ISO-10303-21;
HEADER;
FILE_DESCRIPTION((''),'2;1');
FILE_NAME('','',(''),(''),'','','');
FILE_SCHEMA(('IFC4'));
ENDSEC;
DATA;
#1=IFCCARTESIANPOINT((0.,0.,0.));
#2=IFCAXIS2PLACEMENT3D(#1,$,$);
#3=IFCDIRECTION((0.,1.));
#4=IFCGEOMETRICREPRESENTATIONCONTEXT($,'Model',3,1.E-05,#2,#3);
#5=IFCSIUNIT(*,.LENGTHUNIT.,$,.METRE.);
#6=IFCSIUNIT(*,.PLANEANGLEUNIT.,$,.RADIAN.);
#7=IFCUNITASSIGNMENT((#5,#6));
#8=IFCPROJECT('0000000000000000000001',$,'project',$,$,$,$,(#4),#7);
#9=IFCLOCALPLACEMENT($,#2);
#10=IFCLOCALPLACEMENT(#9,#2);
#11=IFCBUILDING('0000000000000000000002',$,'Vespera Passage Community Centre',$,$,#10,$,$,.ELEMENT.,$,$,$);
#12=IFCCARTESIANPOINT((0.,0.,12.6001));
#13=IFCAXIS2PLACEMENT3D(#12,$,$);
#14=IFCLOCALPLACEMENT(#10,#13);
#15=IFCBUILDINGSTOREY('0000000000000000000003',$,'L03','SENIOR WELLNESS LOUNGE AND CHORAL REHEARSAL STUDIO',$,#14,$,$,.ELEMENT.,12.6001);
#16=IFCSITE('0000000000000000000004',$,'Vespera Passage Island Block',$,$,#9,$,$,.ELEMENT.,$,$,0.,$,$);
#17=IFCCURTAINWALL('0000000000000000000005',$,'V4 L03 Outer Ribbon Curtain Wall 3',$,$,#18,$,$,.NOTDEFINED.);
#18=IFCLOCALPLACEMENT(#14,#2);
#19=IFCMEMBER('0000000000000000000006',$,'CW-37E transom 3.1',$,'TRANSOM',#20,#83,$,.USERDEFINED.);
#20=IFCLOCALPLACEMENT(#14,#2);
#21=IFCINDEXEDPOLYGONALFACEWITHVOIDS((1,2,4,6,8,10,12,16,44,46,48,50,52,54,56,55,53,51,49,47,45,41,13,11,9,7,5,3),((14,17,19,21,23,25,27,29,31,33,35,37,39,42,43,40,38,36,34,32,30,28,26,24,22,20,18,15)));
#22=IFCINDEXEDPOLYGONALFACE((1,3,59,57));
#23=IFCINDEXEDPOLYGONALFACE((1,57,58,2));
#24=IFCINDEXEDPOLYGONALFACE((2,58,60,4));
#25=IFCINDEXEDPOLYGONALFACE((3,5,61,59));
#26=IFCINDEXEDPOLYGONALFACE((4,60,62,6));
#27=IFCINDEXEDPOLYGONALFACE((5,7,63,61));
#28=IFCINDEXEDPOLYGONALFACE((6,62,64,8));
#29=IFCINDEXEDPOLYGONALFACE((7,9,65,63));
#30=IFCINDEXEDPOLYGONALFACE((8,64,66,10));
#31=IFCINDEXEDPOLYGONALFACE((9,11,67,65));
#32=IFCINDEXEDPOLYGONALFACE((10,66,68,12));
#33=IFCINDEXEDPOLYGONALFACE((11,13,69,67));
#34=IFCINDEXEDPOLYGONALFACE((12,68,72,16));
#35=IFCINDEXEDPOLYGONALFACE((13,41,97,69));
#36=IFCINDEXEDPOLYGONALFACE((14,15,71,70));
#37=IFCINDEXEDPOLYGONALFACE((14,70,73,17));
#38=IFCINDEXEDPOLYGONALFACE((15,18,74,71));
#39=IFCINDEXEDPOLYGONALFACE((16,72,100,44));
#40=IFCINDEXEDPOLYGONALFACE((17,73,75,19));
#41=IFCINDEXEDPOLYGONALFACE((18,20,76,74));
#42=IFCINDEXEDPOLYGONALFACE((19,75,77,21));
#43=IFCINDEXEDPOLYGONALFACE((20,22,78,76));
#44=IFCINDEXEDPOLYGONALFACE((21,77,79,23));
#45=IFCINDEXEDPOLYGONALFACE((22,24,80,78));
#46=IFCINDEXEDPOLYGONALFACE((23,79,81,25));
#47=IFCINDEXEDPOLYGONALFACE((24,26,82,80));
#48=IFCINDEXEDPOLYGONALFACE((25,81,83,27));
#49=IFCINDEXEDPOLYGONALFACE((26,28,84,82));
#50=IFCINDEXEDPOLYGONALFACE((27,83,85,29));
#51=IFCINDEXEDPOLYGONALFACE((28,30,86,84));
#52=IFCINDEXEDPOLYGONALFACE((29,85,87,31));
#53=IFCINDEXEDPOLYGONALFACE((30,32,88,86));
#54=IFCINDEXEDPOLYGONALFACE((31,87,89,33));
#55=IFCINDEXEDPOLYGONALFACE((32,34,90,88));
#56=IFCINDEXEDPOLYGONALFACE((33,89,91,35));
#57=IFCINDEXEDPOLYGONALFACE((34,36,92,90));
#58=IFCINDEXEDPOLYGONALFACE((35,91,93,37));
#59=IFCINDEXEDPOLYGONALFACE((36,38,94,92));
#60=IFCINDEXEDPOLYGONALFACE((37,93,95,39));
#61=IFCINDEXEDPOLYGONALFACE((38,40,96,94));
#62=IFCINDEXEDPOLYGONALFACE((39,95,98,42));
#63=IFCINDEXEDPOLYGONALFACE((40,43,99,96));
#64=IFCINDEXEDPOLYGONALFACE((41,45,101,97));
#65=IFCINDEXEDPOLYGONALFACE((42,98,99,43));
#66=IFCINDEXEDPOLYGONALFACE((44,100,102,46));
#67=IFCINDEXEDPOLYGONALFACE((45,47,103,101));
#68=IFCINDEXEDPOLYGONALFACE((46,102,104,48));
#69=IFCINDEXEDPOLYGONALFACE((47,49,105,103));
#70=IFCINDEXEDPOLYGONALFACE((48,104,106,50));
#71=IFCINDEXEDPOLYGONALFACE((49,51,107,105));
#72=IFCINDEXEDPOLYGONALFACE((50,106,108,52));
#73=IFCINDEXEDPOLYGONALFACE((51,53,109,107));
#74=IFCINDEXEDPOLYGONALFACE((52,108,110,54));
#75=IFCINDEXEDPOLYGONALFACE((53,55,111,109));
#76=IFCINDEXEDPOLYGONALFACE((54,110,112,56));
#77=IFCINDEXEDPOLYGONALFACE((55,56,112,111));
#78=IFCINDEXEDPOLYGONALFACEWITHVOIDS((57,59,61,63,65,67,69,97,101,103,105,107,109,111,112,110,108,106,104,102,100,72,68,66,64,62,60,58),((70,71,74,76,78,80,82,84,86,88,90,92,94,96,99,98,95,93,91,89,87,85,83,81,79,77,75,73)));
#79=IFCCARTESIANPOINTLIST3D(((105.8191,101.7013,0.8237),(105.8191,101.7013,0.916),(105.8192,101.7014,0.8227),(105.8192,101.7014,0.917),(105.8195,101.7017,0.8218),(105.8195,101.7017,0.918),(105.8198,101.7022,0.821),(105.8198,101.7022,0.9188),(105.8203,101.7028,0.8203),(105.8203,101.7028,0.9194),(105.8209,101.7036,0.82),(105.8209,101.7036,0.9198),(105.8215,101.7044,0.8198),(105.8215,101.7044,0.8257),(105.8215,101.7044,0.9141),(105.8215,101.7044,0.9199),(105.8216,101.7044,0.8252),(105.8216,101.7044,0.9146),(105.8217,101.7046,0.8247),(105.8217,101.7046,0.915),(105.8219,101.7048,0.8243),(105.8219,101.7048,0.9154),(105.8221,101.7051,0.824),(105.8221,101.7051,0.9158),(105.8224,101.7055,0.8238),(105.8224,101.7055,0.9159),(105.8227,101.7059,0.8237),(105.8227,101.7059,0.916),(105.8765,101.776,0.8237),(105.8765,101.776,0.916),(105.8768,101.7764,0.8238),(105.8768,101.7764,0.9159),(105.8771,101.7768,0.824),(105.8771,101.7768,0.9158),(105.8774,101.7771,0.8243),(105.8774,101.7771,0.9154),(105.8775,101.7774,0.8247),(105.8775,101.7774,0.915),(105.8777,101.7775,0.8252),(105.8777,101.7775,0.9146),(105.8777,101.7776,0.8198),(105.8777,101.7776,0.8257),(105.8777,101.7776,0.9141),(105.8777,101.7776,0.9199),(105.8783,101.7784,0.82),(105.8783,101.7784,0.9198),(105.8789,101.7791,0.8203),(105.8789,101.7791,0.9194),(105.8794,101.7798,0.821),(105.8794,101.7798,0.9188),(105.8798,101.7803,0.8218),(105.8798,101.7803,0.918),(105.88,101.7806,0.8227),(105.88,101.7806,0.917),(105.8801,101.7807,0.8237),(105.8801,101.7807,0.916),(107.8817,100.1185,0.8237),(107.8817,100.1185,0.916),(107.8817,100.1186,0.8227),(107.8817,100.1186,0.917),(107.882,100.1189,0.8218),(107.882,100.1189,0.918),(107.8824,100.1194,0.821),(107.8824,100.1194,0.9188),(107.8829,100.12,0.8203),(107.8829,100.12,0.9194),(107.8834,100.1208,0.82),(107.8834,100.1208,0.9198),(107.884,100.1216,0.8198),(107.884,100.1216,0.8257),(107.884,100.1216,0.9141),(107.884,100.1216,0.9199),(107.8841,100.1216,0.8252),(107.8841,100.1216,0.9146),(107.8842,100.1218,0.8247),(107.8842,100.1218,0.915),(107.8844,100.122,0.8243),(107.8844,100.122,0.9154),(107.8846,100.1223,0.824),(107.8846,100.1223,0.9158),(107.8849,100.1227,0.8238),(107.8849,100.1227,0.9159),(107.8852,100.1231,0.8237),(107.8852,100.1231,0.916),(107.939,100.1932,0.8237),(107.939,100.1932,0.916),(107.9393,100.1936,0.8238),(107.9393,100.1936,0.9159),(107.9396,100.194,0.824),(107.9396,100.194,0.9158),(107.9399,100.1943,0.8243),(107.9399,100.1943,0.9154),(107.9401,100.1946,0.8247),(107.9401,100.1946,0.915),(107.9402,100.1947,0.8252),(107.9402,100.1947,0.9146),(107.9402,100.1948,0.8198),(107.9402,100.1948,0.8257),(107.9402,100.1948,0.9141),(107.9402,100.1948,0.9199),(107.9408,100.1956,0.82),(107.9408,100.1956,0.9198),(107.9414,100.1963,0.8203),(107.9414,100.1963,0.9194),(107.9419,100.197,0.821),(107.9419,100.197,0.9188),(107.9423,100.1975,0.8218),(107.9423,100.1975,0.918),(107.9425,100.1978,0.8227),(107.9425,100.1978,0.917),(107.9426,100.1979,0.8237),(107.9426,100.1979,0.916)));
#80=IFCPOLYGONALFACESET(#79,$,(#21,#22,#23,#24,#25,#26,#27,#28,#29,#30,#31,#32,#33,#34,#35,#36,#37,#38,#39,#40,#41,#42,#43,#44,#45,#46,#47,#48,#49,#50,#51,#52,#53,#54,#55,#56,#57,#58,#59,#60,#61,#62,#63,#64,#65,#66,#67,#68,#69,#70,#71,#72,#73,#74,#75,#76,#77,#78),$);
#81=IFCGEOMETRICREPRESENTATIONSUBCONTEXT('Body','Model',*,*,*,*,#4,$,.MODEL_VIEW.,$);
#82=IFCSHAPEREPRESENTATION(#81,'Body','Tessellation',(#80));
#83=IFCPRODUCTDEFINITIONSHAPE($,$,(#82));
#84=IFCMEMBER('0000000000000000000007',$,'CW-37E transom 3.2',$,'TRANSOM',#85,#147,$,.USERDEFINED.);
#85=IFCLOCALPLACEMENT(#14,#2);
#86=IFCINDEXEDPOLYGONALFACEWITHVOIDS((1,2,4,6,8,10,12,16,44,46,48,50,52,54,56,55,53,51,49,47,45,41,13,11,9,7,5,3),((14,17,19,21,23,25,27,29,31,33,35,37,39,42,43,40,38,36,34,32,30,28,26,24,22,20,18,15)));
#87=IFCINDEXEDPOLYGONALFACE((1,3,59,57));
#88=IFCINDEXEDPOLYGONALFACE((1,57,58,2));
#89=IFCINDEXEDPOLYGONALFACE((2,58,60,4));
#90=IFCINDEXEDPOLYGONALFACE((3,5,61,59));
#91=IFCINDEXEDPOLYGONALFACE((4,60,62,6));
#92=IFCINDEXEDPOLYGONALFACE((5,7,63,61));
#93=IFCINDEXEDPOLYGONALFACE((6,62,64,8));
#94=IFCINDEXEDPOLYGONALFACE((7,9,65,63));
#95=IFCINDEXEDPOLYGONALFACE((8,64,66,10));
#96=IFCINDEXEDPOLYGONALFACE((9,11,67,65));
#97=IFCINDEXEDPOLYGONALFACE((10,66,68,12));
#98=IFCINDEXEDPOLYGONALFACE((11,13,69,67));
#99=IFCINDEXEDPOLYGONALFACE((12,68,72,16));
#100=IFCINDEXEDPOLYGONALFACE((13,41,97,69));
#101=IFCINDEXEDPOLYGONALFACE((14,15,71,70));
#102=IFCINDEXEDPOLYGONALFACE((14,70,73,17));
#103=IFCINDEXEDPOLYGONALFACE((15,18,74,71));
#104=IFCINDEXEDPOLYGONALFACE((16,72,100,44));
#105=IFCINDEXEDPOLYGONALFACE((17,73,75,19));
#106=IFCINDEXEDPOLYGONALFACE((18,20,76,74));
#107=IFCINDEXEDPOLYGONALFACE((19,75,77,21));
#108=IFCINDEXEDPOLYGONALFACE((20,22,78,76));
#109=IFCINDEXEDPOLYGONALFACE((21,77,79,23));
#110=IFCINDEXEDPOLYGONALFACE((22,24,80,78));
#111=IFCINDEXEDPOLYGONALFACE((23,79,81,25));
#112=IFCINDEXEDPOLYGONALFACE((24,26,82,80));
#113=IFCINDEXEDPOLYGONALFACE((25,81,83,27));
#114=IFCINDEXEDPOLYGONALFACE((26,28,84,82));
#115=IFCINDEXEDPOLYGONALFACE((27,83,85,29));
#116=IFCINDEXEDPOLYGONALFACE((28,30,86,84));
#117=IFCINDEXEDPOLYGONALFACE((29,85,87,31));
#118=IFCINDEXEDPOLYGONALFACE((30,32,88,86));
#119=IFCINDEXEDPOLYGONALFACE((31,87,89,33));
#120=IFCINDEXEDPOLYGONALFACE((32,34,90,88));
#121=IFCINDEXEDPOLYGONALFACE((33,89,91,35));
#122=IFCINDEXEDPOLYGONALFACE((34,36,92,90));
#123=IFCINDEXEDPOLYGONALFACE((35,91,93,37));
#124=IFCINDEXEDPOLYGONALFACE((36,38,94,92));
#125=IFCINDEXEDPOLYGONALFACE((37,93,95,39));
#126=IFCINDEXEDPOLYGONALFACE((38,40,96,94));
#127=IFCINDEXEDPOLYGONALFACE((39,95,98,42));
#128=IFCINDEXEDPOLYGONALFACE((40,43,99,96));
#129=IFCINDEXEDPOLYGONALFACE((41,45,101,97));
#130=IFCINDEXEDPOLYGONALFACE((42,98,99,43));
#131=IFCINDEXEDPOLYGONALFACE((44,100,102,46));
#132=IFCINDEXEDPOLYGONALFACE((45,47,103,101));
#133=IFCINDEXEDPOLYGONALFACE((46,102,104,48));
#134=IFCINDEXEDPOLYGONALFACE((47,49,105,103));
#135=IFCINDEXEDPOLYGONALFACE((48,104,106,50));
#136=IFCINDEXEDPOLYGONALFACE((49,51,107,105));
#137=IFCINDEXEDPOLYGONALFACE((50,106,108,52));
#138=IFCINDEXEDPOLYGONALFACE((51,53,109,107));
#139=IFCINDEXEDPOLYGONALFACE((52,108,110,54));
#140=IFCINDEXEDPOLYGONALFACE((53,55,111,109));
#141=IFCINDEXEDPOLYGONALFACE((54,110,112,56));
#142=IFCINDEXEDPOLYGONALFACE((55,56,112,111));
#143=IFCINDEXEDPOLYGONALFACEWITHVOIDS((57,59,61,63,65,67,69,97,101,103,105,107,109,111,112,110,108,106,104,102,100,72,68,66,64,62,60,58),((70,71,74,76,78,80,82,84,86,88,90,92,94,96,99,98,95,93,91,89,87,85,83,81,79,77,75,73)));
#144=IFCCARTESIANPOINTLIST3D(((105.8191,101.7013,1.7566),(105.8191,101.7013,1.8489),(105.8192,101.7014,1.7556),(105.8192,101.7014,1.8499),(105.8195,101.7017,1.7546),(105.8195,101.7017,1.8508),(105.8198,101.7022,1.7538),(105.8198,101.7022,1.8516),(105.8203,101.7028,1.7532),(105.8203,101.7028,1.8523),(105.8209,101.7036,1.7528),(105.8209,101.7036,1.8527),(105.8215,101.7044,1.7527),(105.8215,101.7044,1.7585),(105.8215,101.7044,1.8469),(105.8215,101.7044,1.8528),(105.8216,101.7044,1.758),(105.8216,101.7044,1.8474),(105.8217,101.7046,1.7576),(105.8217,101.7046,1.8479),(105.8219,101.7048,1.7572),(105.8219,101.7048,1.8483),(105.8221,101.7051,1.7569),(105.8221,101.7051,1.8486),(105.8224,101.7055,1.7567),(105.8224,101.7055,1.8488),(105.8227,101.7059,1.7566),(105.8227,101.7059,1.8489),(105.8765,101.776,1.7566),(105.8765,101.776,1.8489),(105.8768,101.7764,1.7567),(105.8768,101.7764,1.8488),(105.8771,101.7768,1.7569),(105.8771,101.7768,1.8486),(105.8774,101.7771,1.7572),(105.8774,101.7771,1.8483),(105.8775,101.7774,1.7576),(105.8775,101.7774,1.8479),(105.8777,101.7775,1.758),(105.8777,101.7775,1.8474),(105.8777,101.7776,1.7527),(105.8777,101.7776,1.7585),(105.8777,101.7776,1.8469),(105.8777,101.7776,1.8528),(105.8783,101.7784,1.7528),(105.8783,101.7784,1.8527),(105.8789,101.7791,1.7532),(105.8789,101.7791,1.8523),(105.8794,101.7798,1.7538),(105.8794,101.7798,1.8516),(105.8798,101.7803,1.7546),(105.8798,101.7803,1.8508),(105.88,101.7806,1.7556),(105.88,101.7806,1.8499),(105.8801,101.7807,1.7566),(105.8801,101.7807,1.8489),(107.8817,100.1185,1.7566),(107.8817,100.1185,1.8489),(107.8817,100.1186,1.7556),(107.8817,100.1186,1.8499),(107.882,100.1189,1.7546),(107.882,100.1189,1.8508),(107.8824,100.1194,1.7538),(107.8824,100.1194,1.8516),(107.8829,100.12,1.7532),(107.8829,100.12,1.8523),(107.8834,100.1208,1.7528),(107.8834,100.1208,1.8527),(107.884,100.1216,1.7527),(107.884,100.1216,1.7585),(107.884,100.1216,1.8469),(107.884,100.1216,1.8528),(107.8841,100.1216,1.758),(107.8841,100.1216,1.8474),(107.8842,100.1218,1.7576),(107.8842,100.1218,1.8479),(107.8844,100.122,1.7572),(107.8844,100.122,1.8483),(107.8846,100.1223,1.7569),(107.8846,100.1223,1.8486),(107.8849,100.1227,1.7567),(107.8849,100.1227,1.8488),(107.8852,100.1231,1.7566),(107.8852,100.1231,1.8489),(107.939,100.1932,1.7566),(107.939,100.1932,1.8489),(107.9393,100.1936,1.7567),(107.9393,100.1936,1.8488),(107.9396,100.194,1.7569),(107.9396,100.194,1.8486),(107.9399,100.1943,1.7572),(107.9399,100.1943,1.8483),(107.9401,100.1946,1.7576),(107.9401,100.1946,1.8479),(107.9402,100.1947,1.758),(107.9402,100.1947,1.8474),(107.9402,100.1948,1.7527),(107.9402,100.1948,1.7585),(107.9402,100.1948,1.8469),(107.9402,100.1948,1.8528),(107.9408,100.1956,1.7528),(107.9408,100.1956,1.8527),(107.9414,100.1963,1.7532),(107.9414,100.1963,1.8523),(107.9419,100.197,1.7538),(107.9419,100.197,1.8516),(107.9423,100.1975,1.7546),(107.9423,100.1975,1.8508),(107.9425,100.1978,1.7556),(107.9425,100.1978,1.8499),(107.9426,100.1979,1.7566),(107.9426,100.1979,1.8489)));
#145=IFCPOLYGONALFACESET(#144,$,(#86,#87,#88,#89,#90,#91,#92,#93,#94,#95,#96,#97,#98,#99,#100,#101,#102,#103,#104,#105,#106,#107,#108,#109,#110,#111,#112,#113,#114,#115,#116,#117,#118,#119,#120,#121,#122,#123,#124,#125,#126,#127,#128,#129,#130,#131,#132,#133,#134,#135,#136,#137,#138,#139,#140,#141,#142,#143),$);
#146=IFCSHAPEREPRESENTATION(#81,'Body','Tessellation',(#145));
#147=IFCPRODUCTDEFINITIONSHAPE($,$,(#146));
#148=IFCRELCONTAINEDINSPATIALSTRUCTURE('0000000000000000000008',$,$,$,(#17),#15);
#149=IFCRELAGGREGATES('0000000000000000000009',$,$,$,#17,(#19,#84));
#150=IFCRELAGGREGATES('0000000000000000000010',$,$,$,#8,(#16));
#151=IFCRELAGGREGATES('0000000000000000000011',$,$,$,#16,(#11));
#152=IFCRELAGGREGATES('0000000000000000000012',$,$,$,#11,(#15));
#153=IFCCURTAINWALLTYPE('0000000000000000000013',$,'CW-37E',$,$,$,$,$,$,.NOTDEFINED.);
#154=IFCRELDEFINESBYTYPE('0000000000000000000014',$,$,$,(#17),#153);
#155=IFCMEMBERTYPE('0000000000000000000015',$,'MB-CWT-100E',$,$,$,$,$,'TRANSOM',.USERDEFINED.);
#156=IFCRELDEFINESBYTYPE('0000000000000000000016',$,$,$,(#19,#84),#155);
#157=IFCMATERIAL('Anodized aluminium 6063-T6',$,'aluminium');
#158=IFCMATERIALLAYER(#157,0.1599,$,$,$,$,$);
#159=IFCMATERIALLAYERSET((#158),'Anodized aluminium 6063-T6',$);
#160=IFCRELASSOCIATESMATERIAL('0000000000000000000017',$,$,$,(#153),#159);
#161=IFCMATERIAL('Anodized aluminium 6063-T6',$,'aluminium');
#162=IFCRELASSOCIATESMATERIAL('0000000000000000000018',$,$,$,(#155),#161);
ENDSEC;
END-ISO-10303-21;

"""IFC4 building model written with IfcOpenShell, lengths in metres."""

from ifc_helpers import new_model, si_unit, direction, frame, origin, origin_2d, place, context, subcontext, project, spatial, hollow_rectangle, extrude, material, layer, layer_set, material_profile, profile_set, type_object, element, aggregate, save


model = new_model("IFC4")

# Units and contexts
model_context = context("Model", 3, precision=1e-05, world=origin(), true_north=direction((0.0, 1.0)))
body_context = subcontext(model_context, "Body", "Model", "MODEL_VIEW")
ifc_project = project(units=[si_unit("LENGTHUNIT", "METRE"), si_unit("PLANEANGLEUNIT", "RADIAN")], contexts=[model_context])

# Site, building, storey
site_placement = place(None, origin())
site = spatial("IfcSite", under=ifc_project, at=site_placement, Name="Vespera Passage Island Block", CompositionType="ELEMENT", RefElevation=0.0)
building_placement = place(site_placement, origin())
building = spatial("IfcBuilding", under=site, at=building_placement, Name="Vespera Passage Community Centre", CompositionType="ELEMENT")
storey_placement = place(building_placement, frame((0.0, 0.0, 12.6001)))
storey = spatial("IfcBuildingStorey", under=building, at=storey_placement, Name="L03", Description="SENIOR WELLNESS LOUNGE AND CHORAL REHEARSAL STUDIO", CompositionType="ELEMENT", Elevation=12.6001)

# Curtain wall, members
ifc_material_1 = material(Name="Anodized aluminium 6063-T6", Category="aluminium")
ifc_layer_1 = layer(ifc_material_1, 0.1599)
ifc_layer_set_1 = layer_set([ifc_layer_1], Name="Anodized aluminium 6063-T6")
curtain_wall_type = type_object("IfcCurtainWallType", Name="CW-37E", PredefinedType="NOTDEFINED", material=ifc_layer_set_1)
curtain_wall_placement = place(storey_placement, origin())
curtain_wall = element("IfcCurtainWall", 1, at=curtain_wall_placement, inside=storey, type_object=curtain_wall_type, Name="V4 L03 Outer Ribbon Curtain Wall 3", PredefinedType="NOTDEFINED")
ifc_material_2 = material(Name="Anodized aluminium 6063-T6", Category="aluminium")
ifc_material_profile_1 = material_profile(ifc_material_2, hollow_rectangle(XDim=0.1001, YDim=0.1001, WallThickness=0.0039, InnerFilletRadius=0.002, OuterFilletRadius=0.0039, at=origin_2d()), Name="ALU100X100X4")
ifc_profile_set_1 = profile_set([ifc_material_profile_1], Name="Anodized aluminium 6063-T6")
member_type_1 = type_object("IfcMemberType", Name="MB-CWT-100E", ElementType="TRANSOM", PredefinedType="USERDEFINED", material=ifc_profile_set_1)
member_1_placement = place(storey_placement, frame((105.8496, 101.741, 0.8699), z_axis=(0.793325, -0.608798, 0.0), x_axis=(0.608798, 0.793325, 0.0)))
member_1 = element("IfcMember", 2, at=member_1_placement, type_object=member_type_1, Name="CW-37E transom 3.1", ObjectType="TRANSOM", PredefinedType="USERDEFINED", context=body_context, shape_type="SweptSolid", body=[
    extrude(hollow_rectangle(XDim=0.1001, YDim=0.1001, WallThickness=0.0039, InnerFilletRadius=0.002, OuterFilletRadius=0.0039, at=origin_2d()), origin(), (0.0, 0.0, 1.0), 2.5999),
])
member_2_placement = place(storey_placement, frame((105.8496, 101.741, 1.8027), z_axis=(0.793325, -0.608798, 0.0), x_axis=(0.608798, 0.793325, 0.0)))
member_2 = element("IfcMember", 3, at=member_2_placement, type_object=member_type_1, Name="CW-37E transom 3.2", ObjectType="TRANSOM", PredefinedType="USERDEFINED", context=body_context, shape_type="SweptSolid", body=[
    extrude(hollow_rectangle(XDim=0.1001, YDim=0.1001, WallThickness=0.0039, InnerFilletRadius=0.002, OuterFilletRadius=0.0039, at=origin_2d()), origin(), (0.0, 0.0, 1.0), 2.5999),
])
aggregate(curtain_wall, [member_1, member_2])

save(model, "model.ifc")
